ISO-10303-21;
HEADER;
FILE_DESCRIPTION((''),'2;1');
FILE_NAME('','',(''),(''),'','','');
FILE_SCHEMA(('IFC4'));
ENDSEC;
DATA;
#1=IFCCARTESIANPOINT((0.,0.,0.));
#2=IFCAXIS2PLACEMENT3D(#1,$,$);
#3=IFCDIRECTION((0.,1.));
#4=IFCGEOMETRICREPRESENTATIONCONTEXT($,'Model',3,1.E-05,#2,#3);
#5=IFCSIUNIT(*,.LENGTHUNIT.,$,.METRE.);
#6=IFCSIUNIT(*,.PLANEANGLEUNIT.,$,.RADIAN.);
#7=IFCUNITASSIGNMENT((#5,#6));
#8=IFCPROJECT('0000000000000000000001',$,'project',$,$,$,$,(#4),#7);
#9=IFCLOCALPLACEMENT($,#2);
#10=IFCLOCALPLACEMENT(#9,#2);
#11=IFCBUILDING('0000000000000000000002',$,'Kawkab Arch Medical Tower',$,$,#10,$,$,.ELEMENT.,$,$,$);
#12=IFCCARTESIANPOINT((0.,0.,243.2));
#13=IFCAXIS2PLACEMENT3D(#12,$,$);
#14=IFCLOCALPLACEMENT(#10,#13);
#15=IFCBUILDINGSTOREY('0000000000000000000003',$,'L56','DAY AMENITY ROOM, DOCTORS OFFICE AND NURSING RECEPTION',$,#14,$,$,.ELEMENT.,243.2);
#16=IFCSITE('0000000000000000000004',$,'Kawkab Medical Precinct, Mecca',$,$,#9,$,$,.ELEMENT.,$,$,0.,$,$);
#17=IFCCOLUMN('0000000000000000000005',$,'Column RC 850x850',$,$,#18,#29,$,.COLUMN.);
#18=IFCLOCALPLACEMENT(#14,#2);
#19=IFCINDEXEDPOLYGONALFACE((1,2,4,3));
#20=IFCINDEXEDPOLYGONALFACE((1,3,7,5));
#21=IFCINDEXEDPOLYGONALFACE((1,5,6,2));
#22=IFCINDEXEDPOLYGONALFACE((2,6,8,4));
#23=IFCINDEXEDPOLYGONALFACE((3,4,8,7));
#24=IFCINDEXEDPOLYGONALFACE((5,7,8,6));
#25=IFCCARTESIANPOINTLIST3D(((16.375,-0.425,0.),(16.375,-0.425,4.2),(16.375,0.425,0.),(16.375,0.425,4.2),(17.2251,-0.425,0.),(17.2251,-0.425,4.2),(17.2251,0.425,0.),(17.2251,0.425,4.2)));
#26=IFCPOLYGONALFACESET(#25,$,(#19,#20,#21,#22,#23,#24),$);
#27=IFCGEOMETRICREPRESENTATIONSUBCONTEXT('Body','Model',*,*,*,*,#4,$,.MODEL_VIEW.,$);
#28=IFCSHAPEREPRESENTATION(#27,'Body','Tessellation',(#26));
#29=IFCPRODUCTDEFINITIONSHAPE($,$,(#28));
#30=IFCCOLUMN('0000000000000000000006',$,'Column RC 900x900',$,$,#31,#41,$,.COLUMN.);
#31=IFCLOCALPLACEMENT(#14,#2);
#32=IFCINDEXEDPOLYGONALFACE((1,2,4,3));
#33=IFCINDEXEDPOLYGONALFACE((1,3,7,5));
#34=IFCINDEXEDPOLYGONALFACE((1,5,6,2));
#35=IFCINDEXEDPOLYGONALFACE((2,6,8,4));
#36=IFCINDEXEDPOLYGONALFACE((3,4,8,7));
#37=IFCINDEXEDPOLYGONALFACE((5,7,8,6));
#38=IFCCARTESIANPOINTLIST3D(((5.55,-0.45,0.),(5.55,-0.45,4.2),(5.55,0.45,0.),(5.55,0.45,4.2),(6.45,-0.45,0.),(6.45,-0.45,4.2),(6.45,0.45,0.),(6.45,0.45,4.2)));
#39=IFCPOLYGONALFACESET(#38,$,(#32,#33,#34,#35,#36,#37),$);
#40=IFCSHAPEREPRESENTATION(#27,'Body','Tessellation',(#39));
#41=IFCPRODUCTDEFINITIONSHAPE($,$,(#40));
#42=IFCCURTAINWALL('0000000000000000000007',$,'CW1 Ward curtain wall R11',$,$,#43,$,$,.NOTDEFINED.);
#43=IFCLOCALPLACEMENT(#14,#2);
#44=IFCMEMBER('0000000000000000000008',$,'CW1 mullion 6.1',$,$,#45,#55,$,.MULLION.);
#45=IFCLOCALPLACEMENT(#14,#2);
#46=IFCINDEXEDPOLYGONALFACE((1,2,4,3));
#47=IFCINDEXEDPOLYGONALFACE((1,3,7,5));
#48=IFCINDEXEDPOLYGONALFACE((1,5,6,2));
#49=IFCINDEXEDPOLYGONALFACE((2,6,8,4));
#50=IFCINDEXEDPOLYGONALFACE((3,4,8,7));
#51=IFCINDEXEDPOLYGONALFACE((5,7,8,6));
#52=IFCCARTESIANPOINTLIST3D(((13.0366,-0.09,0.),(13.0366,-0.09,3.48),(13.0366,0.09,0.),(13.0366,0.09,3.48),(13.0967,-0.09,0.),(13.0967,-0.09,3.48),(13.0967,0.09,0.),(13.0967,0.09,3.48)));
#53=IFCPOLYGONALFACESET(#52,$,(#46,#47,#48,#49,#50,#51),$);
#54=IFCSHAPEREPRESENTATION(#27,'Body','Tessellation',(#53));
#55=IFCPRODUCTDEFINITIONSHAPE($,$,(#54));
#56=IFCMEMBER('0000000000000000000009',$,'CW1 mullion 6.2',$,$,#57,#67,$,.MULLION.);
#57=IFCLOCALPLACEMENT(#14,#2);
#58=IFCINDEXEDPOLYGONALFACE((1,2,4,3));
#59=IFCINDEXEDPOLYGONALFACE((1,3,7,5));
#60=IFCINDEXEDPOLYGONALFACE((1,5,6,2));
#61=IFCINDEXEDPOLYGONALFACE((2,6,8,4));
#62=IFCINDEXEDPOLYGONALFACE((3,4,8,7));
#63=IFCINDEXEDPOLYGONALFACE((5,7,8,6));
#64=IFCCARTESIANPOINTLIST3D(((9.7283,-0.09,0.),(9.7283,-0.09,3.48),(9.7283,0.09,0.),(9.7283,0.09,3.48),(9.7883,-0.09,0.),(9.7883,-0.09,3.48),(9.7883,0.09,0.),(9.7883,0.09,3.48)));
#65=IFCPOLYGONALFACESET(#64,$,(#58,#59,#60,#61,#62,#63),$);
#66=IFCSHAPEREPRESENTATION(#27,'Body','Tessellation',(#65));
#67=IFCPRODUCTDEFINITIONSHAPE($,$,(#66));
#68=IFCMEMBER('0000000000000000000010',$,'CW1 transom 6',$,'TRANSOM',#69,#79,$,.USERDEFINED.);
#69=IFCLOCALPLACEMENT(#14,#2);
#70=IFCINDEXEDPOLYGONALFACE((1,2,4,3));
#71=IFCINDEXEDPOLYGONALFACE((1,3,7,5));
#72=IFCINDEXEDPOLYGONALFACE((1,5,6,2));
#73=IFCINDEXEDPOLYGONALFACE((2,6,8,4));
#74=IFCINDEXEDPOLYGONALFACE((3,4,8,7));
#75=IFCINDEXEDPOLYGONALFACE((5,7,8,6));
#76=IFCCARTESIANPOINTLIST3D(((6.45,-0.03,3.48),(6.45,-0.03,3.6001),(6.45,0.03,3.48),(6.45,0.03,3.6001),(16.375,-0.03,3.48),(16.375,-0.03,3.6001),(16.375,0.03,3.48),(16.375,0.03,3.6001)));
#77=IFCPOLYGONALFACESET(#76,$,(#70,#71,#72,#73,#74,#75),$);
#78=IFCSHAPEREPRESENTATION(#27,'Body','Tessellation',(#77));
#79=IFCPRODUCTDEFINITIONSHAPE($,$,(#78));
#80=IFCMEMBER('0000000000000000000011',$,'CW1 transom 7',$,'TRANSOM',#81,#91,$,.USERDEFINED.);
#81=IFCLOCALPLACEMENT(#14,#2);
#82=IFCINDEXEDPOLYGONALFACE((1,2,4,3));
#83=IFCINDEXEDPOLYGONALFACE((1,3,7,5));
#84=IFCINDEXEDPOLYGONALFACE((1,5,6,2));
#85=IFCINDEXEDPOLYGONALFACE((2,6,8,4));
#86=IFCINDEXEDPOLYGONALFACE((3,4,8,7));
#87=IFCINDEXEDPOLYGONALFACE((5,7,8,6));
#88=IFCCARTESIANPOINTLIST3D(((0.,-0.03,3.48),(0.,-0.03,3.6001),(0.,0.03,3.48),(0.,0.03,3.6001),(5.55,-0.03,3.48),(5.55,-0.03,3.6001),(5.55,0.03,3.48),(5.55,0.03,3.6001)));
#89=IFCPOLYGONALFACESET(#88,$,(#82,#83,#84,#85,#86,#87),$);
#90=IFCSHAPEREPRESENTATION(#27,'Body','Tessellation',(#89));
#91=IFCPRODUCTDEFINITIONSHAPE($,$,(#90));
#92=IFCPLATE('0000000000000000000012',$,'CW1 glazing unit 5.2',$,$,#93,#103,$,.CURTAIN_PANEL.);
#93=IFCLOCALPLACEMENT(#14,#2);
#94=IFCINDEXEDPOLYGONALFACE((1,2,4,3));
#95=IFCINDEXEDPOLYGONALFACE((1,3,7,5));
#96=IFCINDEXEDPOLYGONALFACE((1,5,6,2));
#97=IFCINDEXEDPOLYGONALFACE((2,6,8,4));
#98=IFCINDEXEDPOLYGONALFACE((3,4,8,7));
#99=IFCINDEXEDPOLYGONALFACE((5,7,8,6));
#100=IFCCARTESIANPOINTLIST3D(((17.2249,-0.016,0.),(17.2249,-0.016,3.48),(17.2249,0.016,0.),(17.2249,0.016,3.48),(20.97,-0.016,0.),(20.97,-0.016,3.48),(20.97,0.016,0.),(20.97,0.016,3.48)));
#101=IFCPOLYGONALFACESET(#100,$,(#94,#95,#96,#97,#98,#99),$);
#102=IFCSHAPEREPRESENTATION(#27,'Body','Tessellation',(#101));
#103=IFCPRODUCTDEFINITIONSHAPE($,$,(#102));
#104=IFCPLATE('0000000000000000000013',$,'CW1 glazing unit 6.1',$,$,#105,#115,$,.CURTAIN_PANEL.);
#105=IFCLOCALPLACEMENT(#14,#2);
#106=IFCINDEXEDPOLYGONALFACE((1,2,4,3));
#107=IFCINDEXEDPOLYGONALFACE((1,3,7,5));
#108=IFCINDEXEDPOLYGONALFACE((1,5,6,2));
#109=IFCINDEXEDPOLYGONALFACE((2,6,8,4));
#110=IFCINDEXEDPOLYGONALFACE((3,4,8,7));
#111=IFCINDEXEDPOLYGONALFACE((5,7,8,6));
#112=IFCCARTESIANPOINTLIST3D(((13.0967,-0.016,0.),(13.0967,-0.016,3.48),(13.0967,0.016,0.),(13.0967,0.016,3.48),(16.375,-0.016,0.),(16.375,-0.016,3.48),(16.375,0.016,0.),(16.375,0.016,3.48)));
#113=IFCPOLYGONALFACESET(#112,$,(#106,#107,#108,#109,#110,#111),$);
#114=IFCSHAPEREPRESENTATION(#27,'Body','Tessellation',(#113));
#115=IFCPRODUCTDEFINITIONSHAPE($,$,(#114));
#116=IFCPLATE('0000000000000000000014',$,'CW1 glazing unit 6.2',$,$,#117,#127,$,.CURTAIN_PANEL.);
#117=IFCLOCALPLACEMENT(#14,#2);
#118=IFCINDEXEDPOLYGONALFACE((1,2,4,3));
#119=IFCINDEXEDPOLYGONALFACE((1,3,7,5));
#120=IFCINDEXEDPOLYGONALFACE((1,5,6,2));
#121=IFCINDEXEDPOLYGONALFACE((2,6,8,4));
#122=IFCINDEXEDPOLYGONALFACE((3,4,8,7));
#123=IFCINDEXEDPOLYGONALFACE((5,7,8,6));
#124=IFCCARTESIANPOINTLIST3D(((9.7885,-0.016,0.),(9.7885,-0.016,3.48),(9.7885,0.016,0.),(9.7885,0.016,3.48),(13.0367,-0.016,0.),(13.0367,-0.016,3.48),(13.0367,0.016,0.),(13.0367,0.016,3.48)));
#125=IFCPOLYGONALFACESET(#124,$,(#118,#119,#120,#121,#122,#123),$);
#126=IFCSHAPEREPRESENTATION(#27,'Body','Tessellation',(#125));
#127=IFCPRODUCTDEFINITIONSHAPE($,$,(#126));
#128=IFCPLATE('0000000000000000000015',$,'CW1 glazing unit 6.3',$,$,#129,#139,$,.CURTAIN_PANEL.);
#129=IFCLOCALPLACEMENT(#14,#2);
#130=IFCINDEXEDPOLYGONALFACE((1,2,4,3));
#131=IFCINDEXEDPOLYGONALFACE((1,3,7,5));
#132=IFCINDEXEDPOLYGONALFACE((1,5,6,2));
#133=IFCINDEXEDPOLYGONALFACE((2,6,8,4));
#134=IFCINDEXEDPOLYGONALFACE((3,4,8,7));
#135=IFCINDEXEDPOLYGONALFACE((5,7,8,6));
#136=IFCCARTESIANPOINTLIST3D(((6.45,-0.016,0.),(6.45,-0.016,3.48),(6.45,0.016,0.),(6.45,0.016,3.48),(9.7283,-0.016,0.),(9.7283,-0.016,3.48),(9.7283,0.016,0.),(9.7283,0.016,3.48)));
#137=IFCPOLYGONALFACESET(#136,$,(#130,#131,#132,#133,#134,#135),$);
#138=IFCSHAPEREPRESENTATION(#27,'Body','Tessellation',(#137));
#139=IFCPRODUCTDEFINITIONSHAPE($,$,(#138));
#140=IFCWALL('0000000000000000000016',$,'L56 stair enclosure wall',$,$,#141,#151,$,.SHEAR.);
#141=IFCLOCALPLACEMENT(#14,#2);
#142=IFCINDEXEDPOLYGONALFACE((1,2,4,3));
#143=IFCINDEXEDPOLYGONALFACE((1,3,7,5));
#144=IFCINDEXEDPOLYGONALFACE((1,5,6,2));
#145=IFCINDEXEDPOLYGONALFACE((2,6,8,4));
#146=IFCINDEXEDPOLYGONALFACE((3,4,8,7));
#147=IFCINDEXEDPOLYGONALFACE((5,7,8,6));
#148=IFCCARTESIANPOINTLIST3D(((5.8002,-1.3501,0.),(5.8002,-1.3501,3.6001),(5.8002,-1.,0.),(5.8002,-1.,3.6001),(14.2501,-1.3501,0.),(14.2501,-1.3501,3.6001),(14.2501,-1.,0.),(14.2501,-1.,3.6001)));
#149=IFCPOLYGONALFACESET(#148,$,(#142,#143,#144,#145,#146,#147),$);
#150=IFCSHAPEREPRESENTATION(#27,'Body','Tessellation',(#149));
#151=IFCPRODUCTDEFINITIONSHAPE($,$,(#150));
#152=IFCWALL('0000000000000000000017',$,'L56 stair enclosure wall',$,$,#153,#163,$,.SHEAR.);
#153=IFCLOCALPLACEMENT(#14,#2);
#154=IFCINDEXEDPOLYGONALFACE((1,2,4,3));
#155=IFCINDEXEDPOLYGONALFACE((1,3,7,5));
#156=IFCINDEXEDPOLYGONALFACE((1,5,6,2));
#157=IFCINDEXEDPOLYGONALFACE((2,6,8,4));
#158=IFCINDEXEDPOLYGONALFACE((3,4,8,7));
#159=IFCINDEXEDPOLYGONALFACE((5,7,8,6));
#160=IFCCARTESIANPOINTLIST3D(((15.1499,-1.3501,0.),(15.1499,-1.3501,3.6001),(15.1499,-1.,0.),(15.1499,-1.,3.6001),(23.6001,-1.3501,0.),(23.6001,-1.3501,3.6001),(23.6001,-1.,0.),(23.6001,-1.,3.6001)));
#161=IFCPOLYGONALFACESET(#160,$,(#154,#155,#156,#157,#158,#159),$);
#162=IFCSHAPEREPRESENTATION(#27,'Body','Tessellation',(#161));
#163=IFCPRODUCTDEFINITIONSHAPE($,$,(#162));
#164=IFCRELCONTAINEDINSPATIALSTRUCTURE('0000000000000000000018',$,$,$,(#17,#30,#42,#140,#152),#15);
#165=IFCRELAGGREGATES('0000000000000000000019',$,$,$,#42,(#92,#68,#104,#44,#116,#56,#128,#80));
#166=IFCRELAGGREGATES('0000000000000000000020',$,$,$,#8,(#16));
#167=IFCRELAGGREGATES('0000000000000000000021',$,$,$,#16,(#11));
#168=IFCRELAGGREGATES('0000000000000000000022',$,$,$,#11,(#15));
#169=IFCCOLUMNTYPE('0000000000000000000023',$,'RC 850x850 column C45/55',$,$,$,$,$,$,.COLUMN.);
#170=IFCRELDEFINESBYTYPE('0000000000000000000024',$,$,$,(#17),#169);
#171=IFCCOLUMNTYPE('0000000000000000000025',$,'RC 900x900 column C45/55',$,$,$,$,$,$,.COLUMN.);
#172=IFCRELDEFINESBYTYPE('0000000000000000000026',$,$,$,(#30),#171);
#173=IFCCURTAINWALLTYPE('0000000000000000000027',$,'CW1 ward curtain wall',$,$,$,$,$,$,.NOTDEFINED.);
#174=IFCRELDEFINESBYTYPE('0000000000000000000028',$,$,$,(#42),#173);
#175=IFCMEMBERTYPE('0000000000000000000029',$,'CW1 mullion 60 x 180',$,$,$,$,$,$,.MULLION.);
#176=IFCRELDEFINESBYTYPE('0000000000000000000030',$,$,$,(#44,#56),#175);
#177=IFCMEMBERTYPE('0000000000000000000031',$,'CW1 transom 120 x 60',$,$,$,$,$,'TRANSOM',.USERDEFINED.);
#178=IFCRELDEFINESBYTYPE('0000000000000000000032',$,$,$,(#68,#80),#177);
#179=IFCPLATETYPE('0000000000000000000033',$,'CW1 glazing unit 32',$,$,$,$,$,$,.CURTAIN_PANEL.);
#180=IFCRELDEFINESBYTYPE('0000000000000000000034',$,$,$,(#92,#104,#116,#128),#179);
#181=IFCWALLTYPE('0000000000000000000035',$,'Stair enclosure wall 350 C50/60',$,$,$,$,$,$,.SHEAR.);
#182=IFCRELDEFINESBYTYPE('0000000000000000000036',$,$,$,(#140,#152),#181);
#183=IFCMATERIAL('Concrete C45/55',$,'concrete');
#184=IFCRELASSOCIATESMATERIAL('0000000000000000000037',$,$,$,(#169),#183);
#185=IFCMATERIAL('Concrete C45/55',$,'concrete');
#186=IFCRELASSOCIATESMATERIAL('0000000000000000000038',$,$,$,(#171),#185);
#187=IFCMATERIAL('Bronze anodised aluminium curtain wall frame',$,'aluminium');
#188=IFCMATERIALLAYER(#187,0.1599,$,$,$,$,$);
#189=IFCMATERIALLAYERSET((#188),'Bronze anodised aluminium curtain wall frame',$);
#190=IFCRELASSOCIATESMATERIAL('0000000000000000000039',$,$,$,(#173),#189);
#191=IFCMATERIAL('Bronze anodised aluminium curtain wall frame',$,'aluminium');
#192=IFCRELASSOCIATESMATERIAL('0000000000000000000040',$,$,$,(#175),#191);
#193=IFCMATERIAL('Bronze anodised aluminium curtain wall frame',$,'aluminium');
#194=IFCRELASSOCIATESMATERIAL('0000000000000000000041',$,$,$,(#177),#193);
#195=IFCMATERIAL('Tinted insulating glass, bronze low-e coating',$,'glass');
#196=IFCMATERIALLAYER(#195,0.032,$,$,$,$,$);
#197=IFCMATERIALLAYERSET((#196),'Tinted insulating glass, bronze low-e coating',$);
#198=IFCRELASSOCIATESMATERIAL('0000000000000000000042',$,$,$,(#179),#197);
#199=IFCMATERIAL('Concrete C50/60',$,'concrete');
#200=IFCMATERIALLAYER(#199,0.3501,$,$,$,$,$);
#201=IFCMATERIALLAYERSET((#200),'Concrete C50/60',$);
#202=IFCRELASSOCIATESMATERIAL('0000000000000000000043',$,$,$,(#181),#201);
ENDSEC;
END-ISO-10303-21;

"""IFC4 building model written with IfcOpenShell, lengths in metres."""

from ifc_helpers import new_model, si_unit, direction, frame, frame_2d, origin, origin_2d, place, context, subcontext, project, spatial, rectangle, extrude, material, layer, layer_set, material_profile, profile_set, type_object, element, aggregate, save


model = new_model("IFC4")

# Units and contexts
model_context = context("Model", 3, precision=1e-05, world=origin(), true_north=direction((0.0, 1.0)))
body_context = subcontext(model_context, "Body", "Model", "MODEL_VIEW")
ifc_project = project(units=[si_unit("LENGTHUNIT", "METRE"), si_unit("PLANEANGLEUNIT", "RADIAN")], contexts=[model_context])

# Site, building, storey
site_placement = place(None, origin())
site = spatial("IfcSite", under=ifc_project, at=site_placement, Name="Kawkab Medical Precinct, Mecca", CompositionType="ELEMENT", RefElevation=0.0)
building_placement = place(site_placement, origin())
building = spatial("IfcBuilding", under=site, at=building_placement, Name="Kawkab Arch Medical Tower", CompositionType="ELEMENT")
storey_placement = place(building_placement, frame((0.0, 0.0, 243.2)))
storey = spatial("IfcBuildingStorey", under=building, at=storey_placement, Name="L56", Description="DAY AMENITY ROOM, DOCTORS OFFICE AND NURSING RECEPTION", CompositionType="ELEMENT", Elevation=243.2)

# Columns
ifc_material_1 = material(Name="Concrete C45/55", Category="concrete")
ifc_material_profile_1 = material_profile(ifc_material_1, rectangle(XDim=0.8501, YDim=0.8501, at=origin_2d()), Name="RC 850x850")
ifc_profile_set_1 = profile_set([ifc_material_profile_1], Name="Concrete C45/55")
column_type_1 = type_object("IfcColumnType", Name="RC 850x850 column C45/55", PredefinedType="COLUMN", material=ifc_profile_set_1)
column_1_placement = place(storey_placement, frame((16.8, 0.0, 0.0), z_axis=(0.0, 0.0, 1.0), x_axis=(1.0, 0.0, 0.0)))
element("IfcColumn", 1, at=column_1_placement, inside=storey, type_object=column_type_1, Name="Column RC 850x850", PredefinedType="COLUMN", context=body_context, shape_type="SweptSolid", body=[
    extrude(rectangle(XDim=0.8501, YDim=0.8501, at=origin_2d()), origin(), (0.0, 0.0, 1.0), 4.2),
])
ifc_material_2 = material(Name="Concrete C45/55", Category="concrete")
ifc_material_profile_2 = material_profile(ifc_material_2, rectangle(XDim=0.8999, YDim=0.8999, at=origin_2d()), Name="RC 900x900")
ifc_profile_set_2 = profile_set([ifc_material_profile_2], Name="Concrete C45/55")
column_type_2 = type_object("IfcColumnType", Name="RC 900x900 column C45/55", PredefinedType="COLUMN", material=ifc_profile_set_2)
column_2_placement = place(storey_placement, frame((6.0, 0.0, 0.0), z_axis=(0.0, 0.0, 1.0), x_axis=(1.0, 0.0, 0.0)))
element("IfcColumn", 2, at=column_2_placement, inside=storey, type_object=column_type_2, Name="Column RC 900x900", PredefinedType="COLUMN", context=body_context, shape_type="SweptSolid", body=[
    extrude(rectangle(XDim=0.8999, YDim=0.8999, at=origin_2d()), origin(), (0.0, 0.0, 1.0), 4.2),
])

# Curtain wall, members, plates
ifc_material_3 = material(Name="Bronze anodised aluminium curtain wall frame", Category="aluminium")
ifc_layer_1 = layer(ifc_material_3, 0.1599)
ifc_layer_set_1 = layer_set([ifc_layer_1], Name="Bronze anodised aluminium curtain wall frame")
curtain_wall_type = type_object("IfcCurtainWallType", Name="CW1 ward curtain wall", PredefinedType="NOTDEFINED", material=ifc_layer_set_1)
placement = place(storey_placement, origin())
curtain_wall = element("IfcCurtainWall", 3, at=placement, inside=storey, type_object=curtain_wall_type, Name="CW1 Ward curtain wall R11", PredefinedType="NOTDEFINED")
ifc_material_4 = material(Name="Bronze anodised aluminium curtain wall frame", Category="aluminium")
ifc_material_profile_3 = material_profile(ifc_material_4, rectangle(XDim=0.1799, YDim=0.0601, at=origin_2d()), Name="AL 60x180")
ifc_profile_set_3 = profile_set([ifc_material_profile_3], Name="Bronze anodised aluminium curtain wall frame")
member_type_1 = type_object("IfcMemberType", Name="CW1 mullion 60 x 180", PredefinedType="MULLION", material=ifc_profile_set_3)
member_1_placement = place(storey_placement, frame((13.0667, 0.0, 0.0), z_axis=(0.0, 0.0, 1.0), x_axis=(0.0, -1.0, 0.0)))
member_1 = element("IfcMember", 4, at=member_1_placement, type_object=member_type_1, Name="CW1 mullion 6.1", PredefinedType="MULLION", context=body_context, shape_type="SweptSolid", body=[
    extrude(rectangle(XDim=0.1799, YDim=0.0601, at=origin_2d()), origin(), (0.0, 0.0, 1.0), 3.48),
])
member_2_placement = place(storey_placement, frame((9.7583, 0.0, 0.0), z_axis=(0.0, 0.0, 1.0), x_axis=(0.0, -1.0, 0.0)))
member_2 = element("IfcMember", 5, at=member_2_placement, type_object=member_type_1, Name="CW1 mullion 6.2", PredefinedType="MULLION", context=body_context, shape_type="SweptSolid", body=[
    extrude(rectangle(XDim=0.1799, YDim=0.0601, at=origin_2d()), origin(), (0.0, 0.0, 1.0), 3.48),
])
ifc_material_5 = material(Name="Bronze anodised aluminium curtain wall frame", Category="aluminium")
ifc_material_profile_4 = material_profile(ifc_material_5, rectangle(XDim=0.0601, YDim=0.1201, at=origin_2d()), Name="AL 60x120")
ifc_profile_set_4 = profile_set([ifc_material_profile_4], Name="Bronze anodised aluminium curtain wall frame")
member_type_2 = type_object("IfcMemberType", Name="CW1 transom 120 x 60", ElementType="TRANSOM", PredefinedType="USERDEFINED", material=ifc_profile_set_4)
member_3_placement = place(storey_placement, frame((16.375, 0.0, 3.54), z_axis=(-1.0, 0.0, 0.0), x_axis=(0.0, -1.0, 0.0)))
member_3 = element("IfcMember", 6, at=member_3_placement, type_object=member_type_2, Name="CW1 transom 6", ObjectType="TRANSOM", PredefinedType="USERDEFINED", context=body_context, shape_type="SweptSolid", body=[
    extrude(rectangle(XDim=0.0601, YDim=0.1201, at=origin_2d()), origin(), (0.0, 0.0, 1.0), 9.925),
])
member_4_placement = place(storey_placement, frame((5.55, 0.0, 3.54), z_axis=(-1.0, 0.0, 0.0), x_axis=(0.0, -1.0, 0.0)))
member_4 = element("IfcMember", 7, at=member_4_placement, type_object=member_type_2, Name="CW1 transom 7", ObjectType="TRANSOM", PredefinedType="USERDEFINED", context=body_context, shape_type="SweptSolid", body=[
    extrude(rectangle(XDim=0.0601, YDim=0.1201, at=origin_2d()), origin(), (0.0, 0.0, 1.0), 5.55),
])
ifc_material_6 = material(Name="Tinted insulating glass, bronze low-e coating", Category="glass")
ifc_layer_2 = layer(ifc_material_6, 0.032)
ifc_layer_set_2 = layer_set([ifc_layer_2], Name="Tinted insulating glass, bronze low-e coating")
plate_type = type_object("IfcPlateType", Name="CW1 glazing unit 32", PredefinedType="CURTAIN_PANEL", material=ifc_layer_set_2)
plate_1_placement = place(storey_placement, frame((19.0974, 0.0, 0.0), z_axis=(0.0, 0.0, 1.0), x_axis=(-1.0, 0.0, 0.0)))
plate_1 = element("IfcPlate", 8, at=plate_1_placement, type_object=plate_type, Name="CW1 glazing unit 5.2", PredefinedType="CURTAIN_PANEL", context=body_context, shape_type="SweptSolid", body=[
    extrude(rectangle(XDim=3.7451, YDim=0.032, at=origin_2d()), origin(), (0.0, 0.0, 1.0), 3.48),
])
plate_2_placement = place(storey_placement, frame((14.7358, 0.0, 0.0), z_axis=(0.0, 0.0, 1.0), x_axis=(-1.0, 0.0, 0.0)))
plate_2 = element("IfcPlate", 9, at=plate_2_placement, type_object=plate_type, Name="CW1 glazing unit 6.1", PredefinedType="CURTAIN_PANEL", context=body_context, shape_type="SweptSolid", body=[
    extrude(rectangle(XDim=3.2783, YDim=0.032, at=origin_2d()), origin(), (0.0, 0.0, 1.0), 3.48),
])
plate_3_placement = place(storey_placement, frame((11.4126, 0.0, 0.0), z_axis=(0.0, 0.0, 1.0), x_axis=(-1.0, 0.0, 0.0)))
plate_3 = element("IfcPlate", 10, at=plate_3_placement, type_object=plate_type, Name="CW1 glazing unit 6.2", PredefinedType="CURTAIN_PANEL", context=body_context, shape_type="SweptSolid", body=[
    extrude(rectangle(XDim=3.2483, YDim=0.032, at=origin_2d()), origin(), (0.0, 0.0, 1.0), 3.48),
])
plate_4_placement = place(storey_placement, frame((8.0891, 0.0, 0.0), z_axis=(0.0, 0.0, 1.0), x_axis=(-1.0, 0.0, 0.0)))
plate_4 = element("IfcPlate", 11, at=plate_4_placement, type_object=plate_type, Name="CW1 glazing unit 6.3", PredefinedType="CURTAIN_PANEL", context=body_context, shape_type="SweptSolid", body=[
    extrude(rectangle(XDim=3.2783, YDim=0.032, at=origin_2d()), origin(), (0.0, 0.0, 1.0), 3.48),
])
aggregate(curtain_wall, [plate_1, member_3, plate_2, member_1, plate_3, member_2, plate_4, member_4])

# Walls
ifc_material_7 = material(Name="Concrete C50/60", Category="concrete")
ifc_layer_3 = layer(ifc_material_7, 0.3501)
ifc_layer_set_3 = layer_set([ifc_layer_3], Name="Concrete C50/60")
wall_type = type_object("IfcWallType", Name="Stair enclosure wall 350 C50/60", PredefinedType="SHEAR", material=ifc_layer_set_3)
wall_1_placement = place(storey_placement, frame((5.8, -1.175, 0.0), z_axis=(0.0, 0.0, 1.0), x_axis=(1.0, 0.0, 0.0)))
element("IfcWall", 12, at=wall_1_placement, inside=storey, type_object=wall_type, Name="L56 stair enclosure wall", PredefinedType="SHEAR", context=body_context, shape_type="SweptSolid", body=[
    extrude(rectangle(XDim=8.45, YDim=0.3501, at=frame_2d((4.2251, 0.0))), origin(), (0.0, 0.0, 1.0), 3.6001),
])
wall_2_placement = place(storey_placement, frame((15.1499, -1.175, 0.0), z_axis=(0.0, 0.0, 1.0), x_axis=(1.0, 0.0, 0.0)))
element("IfcWall", 13, at=wall_2_placement, inside=storey, type_object=wall_type, Name="L56 stair enclosure wall", PredefinedType="SHEAR", context=body_context, shape_type="SweptSolid", body=[
    extrude(rectangle(XDim=8.4502, YDim=0.3501, at=frame_2d((4.2251, 0.0))), origin(), (0.0, 0.0, 1.0), 3.6001),
])

save(model, "model.ifc")
